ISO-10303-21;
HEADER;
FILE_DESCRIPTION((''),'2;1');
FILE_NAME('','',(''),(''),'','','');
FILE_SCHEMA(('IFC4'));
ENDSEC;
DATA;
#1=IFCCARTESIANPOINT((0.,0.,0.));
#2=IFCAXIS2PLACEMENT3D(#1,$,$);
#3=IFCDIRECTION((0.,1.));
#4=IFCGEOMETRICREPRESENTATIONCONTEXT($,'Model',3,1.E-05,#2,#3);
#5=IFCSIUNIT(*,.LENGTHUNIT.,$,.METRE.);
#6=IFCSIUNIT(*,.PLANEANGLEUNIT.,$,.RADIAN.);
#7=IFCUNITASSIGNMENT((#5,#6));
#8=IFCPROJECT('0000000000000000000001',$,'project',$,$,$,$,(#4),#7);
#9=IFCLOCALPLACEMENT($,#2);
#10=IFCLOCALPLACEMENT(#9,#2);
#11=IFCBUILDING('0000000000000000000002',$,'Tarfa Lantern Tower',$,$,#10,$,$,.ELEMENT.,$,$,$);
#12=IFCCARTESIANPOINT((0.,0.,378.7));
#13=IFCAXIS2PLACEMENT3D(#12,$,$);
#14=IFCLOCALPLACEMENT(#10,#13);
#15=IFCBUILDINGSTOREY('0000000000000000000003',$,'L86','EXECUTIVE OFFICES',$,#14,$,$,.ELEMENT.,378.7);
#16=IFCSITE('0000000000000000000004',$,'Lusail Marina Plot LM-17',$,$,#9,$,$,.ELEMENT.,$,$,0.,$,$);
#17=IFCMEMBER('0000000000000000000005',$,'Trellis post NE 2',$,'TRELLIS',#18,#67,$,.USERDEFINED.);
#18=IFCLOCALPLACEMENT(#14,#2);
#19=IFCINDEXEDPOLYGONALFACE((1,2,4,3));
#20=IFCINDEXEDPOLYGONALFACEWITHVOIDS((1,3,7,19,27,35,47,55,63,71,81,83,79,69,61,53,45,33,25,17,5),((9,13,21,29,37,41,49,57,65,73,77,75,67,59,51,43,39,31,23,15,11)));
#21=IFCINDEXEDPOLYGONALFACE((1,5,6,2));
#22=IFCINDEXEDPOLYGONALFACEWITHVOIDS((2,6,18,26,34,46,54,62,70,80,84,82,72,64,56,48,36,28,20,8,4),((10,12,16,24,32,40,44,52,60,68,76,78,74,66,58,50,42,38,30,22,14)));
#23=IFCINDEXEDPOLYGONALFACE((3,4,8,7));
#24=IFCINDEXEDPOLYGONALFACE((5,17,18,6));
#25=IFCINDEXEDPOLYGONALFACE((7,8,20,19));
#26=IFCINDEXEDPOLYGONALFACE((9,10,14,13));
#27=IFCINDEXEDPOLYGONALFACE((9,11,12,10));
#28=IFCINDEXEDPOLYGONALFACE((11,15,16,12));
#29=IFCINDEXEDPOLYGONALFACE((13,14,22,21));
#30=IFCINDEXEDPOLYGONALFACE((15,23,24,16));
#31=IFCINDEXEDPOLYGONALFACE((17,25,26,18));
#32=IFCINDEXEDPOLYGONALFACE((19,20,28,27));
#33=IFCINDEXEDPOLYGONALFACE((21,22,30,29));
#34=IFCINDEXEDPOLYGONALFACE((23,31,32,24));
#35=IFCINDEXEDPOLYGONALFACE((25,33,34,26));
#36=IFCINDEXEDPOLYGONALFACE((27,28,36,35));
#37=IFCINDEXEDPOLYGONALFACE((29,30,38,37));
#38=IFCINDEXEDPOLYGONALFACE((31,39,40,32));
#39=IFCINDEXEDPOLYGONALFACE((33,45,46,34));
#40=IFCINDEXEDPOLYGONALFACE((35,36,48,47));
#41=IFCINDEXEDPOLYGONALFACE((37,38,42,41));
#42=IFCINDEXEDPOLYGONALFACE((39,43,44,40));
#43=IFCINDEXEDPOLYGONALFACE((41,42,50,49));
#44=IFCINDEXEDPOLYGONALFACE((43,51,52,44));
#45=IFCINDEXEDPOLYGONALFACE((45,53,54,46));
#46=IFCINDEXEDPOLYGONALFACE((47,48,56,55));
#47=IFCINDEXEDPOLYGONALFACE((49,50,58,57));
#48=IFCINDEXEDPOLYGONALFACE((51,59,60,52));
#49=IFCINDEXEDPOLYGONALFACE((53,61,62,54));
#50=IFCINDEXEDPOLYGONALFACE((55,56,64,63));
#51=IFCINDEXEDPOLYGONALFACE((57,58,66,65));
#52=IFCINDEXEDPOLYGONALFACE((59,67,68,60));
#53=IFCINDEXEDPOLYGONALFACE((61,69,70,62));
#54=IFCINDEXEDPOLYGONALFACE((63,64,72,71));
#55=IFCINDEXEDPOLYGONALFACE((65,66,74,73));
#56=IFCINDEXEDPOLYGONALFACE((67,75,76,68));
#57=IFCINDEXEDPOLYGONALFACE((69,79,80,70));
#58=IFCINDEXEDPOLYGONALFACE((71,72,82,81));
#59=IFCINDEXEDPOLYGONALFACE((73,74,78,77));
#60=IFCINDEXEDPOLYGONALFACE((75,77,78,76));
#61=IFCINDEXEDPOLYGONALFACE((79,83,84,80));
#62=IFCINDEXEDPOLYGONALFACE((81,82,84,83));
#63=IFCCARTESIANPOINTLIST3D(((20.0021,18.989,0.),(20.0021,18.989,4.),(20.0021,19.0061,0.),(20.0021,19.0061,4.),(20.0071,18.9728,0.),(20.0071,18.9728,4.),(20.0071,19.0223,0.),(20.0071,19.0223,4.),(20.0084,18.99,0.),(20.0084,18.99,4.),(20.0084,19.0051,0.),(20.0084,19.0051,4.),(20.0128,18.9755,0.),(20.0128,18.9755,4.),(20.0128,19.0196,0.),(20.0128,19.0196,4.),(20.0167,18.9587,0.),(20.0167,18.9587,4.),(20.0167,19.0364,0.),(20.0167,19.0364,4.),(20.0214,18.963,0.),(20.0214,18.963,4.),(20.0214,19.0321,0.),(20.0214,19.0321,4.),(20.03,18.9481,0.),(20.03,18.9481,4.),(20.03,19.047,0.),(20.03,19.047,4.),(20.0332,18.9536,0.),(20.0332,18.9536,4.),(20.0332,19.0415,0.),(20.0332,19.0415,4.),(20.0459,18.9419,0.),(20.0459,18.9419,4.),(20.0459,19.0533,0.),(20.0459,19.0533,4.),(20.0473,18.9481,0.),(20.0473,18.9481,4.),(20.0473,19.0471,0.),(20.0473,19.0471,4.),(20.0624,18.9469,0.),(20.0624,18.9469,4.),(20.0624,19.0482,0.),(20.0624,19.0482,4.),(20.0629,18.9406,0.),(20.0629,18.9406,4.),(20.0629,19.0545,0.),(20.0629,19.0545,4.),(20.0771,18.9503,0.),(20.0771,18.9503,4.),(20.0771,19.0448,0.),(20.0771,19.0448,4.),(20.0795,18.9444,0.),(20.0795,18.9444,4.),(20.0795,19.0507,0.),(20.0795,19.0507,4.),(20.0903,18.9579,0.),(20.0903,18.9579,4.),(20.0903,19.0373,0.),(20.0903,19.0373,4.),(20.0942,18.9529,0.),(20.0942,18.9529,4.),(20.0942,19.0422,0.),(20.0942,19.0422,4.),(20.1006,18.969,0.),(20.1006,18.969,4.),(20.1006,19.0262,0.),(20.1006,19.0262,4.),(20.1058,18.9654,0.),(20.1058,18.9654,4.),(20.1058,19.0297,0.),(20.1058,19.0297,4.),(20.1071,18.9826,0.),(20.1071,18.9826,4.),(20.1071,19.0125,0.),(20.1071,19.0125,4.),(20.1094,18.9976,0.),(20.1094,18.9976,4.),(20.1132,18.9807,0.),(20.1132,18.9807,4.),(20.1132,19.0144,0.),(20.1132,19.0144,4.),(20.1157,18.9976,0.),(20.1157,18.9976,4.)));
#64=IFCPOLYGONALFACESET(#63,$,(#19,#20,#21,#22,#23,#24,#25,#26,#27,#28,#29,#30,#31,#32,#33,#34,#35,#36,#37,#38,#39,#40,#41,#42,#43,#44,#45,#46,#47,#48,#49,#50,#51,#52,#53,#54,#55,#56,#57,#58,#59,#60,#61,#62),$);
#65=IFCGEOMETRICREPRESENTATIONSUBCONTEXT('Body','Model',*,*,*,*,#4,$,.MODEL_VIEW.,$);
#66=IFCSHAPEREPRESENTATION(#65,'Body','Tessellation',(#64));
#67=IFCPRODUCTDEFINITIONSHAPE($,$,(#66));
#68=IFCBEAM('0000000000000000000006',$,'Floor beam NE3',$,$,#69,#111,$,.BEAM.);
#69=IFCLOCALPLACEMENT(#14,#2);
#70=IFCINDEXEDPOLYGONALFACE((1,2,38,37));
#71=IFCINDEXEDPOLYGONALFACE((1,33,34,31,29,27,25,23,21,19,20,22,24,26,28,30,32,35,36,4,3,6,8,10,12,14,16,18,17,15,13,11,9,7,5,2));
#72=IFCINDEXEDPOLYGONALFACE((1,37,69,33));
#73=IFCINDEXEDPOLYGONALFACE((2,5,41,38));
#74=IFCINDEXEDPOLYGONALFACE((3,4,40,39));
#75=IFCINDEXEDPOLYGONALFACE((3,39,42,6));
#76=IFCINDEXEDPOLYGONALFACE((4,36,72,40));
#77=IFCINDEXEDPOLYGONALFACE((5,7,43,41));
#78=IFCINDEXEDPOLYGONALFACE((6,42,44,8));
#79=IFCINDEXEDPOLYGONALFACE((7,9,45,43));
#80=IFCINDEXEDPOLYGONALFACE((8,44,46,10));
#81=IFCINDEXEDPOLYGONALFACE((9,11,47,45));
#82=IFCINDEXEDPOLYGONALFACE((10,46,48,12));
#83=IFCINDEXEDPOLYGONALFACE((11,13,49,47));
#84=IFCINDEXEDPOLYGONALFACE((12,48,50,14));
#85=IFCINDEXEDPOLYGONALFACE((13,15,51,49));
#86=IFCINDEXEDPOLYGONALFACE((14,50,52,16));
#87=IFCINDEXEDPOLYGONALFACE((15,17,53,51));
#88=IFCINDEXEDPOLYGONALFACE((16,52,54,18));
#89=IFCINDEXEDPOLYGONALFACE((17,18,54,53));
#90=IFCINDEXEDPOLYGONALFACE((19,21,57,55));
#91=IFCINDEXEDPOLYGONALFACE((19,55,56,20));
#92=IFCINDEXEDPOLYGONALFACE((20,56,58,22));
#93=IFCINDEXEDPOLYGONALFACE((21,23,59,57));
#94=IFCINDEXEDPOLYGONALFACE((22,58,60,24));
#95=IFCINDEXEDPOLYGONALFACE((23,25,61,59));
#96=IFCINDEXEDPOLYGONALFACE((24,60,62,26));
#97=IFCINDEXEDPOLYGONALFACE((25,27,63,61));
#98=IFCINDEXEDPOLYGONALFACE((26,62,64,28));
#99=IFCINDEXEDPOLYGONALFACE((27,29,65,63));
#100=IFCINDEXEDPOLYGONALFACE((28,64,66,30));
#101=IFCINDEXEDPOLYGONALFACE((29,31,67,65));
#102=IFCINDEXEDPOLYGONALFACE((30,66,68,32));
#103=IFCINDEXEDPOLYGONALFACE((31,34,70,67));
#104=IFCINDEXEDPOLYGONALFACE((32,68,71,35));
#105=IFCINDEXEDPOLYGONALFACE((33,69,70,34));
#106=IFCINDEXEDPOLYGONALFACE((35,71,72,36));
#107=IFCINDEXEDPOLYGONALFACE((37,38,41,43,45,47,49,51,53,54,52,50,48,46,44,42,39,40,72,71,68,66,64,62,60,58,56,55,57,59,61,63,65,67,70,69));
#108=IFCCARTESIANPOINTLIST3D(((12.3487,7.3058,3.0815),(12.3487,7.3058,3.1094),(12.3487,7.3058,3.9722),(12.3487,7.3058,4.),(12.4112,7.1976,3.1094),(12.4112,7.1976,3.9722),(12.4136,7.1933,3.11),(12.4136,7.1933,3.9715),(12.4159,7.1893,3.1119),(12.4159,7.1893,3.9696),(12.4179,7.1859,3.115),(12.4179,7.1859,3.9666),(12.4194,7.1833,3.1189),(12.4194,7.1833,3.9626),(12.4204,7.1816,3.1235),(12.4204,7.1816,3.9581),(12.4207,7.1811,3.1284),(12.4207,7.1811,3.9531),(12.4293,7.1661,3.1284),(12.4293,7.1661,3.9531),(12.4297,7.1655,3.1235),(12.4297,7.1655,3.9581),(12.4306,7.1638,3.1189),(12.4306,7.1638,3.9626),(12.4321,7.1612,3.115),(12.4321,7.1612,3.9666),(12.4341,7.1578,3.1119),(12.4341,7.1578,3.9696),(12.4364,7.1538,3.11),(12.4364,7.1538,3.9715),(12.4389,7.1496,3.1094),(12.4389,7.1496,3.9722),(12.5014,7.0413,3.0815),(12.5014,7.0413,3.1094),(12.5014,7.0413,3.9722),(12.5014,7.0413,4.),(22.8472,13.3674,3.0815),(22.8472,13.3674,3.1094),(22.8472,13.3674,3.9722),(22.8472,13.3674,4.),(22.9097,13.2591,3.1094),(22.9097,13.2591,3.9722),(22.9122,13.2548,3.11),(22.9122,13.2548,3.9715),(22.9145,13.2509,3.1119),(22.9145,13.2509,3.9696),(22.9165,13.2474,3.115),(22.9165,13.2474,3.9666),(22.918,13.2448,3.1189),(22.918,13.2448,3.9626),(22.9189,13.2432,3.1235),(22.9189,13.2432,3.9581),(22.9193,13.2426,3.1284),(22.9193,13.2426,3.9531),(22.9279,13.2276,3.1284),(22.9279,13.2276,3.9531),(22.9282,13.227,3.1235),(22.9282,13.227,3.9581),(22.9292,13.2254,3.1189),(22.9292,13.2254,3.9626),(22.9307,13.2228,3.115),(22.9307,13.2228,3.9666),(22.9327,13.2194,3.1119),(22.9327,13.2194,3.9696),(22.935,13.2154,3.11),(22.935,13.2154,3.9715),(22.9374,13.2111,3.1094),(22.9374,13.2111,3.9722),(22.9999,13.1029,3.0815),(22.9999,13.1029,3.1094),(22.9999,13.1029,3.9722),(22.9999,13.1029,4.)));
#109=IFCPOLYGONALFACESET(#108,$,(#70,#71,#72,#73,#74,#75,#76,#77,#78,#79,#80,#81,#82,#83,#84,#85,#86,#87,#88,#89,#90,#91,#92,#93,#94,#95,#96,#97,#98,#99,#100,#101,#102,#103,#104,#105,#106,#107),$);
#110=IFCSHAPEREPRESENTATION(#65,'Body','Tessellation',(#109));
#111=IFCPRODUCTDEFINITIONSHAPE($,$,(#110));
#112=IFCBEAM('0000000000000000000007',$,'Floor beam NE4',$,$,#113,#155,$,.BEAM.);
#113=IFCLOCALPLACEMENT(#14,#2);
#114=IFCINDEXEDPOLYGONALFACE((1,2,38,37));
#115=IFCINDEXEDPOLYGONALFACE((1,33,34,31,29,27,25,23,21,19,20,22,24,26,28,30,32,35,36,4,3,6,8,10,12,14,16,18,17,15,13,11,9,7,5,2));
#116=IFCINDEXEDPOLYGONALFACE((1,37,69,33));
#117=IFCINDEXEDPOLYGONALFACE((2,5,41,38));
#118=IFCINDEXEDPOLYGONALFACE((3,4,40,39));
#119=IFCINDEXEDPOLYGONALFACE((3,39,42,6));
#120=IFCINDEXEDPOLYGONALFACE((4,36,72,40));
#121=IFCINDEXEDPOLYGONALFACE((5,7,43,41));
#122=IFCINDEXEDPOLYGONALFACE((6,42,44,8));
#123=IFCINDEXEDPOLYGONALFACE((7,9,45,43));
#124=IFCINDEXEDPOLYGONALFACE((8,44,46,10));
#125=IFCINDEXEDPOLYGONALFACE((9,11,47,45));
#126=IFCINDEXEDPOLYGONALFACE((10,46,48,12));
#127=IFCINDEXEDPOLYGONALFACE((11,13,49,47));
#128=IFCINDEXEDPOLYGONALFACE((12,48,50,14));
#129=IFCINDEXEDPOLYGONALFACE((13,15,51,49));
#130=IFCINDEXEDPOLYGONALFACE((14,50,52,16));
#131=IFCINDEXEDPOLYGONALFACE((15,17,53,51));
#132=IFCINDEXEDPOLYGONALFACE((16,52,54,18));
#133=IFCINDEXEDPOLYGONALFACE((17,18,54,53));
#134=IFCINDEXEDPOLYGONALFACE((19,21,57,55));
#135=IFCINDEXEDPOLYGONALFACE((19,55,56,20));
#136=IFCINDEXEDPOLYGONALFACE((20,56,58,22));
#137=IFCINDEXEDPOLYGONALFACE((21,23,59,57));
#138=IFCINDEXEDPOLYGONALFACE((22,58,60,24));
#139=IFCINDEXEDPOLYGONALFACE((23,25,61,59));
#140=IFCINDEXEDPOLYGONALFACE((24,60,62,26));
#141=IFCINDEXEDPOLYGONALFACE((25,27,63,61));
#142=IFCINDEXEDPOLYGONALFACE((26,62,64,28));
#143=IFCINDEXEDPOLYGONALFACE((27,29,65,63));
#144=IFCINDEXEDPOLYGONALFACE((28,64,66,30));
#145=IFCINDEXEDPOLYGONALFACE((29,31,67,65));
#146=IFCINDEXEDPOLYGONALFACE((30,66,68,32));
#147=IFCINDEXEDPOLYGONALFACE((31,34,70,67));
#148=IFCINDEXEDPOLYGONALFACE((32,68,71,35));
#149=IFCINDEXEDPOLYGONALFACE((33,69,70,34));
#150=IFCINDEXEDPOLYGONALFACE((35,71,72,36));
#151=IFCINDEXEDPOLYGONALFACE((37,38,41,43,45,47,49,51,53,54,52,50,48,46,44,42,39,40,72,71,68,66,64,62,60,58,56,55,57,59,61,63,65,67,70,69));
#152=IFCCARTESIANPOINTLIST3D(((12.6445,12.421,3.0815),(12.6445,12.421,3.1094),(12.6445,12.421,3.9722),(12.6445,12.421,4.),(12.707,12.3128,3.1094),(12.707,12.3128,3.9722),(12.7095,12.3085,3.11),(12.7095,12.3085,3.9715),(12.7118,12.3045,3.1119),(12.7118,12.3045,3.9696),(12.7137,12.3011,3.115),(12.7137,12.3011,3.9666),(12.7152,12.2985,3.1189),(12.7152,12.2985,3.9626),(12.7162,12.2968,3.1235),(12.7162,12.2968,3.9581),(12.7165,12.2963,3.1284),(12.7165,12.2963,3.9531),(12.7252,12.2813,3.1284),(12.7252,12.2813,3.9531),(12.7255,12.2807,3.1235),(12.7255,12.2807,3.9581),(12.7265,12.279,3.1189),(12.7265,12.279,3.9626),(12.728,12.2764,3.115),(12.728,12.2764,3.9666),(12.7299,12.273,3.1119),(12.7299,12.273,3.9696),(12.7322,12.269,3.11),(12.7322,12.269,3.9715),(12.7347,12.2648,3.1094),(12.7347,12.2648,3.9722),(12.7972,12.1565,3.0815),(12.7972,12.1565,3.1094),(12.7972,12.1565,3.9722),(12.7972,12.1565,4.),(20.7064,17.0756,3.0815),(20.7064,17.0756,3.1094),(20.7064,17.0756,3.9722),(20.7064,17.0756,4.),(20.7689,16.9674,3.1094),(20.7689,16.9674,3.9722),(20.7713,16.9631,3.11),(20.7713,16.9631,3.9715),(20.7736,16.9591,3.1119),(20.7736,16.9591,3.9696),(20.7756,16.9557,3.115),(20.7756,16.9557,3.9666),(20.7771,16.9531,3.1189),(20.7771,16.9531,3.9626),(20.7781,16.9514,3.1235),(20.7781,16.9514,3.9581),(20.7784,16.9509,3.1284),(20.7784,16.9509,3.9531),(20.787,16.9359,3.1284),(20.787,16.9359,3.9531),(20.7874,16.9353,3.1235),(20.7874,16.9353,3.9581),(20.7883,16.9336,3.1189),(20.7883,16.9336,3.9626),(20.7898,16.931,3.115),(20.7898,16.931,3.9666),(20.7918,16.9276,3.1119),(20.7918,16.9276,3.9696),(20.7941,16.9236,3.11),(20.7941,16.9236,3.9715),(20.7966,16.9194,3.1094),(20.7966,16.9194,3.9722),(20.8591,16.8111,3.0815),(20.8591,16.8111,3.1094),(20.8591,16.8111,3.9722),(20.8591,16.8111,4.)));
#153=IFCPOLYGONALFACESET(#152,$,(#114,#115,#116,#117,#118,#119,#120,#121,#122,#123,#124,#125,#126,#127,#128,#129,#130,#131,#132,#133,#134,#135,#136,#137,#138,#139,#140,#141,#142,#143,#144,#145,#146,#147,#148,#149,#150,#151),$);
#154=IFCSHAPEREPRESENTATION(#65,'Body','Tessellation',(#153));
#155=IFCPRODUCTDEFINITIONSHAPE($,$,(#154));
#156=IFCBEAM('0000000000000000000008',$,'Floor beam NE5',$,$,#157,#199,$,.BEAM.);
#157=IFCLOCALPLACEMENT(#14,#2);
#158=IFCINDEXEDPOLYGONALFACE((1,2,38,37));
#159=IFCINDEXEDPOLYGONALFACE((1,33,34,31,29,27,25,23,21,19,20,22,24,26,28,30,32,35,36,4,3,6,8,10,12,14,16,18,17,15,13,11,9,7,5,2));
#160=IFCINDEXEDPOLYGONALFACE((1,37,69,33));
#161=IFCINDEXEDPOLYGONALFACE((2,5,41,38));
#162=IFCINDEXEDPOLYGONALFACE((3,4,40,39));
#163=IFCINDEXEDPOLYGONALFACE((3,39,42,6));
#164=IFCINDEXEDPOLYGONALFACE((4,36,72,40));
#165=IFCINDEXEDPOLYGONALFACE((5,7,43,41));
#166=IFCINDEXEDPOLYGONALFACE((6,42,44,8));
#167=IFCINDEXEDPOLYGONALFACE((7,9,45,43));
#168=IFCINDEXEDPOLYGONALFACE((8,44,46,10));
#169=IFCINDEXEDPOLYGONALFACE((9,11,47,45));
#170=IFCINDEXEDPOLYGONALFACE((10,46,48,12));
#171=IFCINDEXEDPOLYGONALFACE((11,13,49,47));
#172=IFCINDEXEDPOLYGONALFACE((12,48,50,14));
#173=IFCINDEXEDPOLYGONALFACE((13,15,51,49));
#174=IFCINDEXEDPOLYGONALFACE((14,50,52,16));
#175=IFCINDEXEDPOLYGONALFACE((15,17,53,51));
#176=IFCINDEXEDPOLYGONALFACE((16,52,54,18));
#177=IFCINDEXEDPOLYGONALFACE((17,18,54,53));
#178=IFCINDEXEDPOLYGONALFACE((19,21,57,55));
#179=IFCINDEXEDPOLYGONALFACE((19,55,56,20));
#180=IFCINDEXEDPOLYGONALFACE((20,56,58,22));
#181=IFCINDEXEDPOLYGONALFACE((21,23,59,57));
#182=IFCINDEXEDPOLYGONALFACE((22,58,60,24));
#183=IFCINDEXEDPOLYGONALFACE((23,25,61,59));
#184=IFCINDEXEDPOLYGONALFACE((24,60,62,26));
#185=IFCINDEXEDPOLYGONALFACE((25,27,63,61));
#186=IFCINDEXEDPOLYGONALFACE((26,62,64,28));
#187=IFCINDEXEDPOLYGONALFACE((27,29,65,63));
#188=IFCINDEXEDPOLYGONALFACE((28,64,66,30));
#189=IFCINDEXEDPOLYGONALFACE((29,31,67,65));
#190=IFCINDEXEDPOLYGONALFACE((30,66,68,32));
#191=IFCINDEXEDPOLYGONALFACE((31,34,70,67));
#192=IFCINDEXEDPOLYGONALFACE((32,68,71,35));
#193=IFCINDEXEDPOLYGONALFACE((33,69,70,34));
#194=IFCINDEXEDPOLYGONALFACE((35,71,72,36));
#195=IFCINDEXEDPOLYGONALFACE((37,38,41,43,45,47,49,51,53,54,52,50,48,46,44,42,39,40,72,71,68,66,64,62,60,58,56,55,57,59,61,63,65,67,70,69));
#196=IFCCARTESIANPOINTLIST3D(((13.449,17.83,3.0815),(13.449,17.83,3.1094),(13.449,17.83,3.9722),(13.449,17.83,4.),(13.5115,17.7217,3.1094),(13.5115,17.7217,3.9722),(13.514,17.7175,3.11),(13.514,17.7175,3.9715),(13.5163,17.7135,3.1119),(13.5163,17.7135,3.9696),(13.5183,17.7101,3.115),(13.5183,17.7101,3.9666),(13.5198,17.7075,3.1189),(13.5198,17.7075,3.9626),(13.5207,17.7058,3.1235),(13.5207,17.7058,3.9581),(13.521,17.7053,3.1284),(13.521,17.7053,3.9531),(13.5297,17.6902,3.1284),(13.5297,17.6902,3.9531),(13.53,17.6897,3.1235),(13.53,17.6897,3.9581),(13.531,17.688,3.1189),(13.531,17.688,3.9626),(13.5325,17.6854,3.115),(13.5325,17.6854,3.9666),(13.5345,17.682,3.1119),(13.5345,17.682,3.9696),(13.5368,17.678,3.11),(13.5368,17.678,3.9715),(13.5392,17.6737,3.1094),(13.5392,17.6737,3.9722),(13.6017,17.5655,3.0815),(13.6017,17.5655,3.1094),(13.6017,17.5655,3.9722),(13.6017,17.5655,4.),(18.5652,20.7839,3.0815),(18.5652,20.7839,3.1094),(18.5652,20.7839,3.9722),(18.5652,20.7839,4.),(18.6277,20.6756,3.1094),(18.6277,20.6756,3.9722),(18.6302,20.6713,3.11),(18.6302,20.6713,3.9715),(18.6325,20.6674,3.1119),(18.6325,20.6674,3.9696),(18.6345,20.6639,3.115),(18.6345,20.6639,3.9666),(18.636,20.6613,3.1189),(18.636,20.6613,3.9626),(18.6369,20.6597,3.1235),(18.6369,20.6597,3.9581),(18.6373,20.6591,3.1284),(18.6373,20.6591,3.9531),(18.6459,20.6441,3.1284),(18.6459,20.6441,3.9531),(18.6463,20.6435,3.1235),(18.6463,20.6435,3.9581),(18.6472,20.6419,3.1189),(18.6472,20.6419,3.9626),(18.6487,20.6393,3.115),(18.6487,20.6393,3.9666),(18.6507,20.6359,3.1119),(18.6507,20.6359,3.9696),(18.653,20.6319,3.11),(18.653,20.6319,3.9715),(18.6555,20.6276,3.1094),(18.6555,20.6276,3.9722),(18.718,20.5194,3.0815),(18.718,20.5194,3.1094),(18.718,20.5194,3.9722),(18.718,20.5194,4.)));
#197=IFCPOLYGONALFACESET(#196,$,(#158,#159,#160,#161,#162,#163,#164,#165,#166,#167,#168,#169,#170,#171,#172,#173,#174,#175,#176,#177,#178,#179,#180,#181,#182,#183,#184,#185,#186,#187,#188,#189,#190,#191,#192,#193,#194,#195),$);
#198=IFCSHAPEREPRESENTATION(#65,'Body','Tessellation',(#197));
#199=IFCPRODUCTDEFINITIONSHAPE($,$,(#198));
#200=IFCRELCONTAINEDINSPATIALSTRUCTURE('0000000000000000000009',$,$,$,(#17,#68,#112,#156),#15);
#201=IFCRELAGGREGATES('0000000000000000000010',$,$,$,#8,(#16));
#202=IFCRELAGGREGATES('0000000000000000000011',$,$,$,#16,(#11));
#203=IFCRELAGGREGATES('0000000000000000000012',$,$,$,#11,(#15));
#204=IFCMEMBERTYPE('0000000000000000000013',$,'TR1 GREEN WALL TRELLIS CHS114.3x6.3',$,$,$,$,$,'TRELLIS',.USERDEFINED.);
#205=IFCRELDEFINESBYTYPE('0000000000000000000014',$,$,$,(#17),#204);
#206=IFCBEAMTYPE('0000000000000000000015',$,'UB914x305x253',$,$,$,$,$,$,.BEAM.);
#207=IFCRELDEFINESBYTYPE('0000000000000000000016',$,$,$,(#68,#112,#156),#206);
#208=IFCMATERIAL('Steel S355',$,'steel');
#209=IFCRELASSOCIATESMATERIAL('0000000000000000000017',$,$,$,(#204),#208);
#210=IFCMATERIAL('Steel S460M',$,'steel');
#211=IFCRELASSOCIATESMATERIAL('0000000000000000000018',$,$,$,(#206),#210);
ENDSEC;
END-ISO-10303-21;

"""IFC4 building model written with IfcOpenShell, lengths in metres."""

from ifc_helpers import new_model, si_unit, direction, frame, origin, origin_2d, place, context, subcontext, project, spatial, hollow_circle, i_section, extrude, material, material_profile, profile_set, type_object, element, save


model = new_model("IFC4")

# Units and contexts
model_context = context("Model", 3, precision=1e-05, world=origin(), true_north=direction((0.0, 1.0)))
body_context = subcontext(model_context, "Body", "Model", "MODEL_VIEW")
ifc_project = project(units=[si_unit("LENGTHUNIT", "METRE"), si_unit("PLANEANGLEUNIT", "RADIAN")], contexts=[model_context])

# Site, building, storey
site_placement = place(None, origin())
site = spatial("IfcSite", under=ifc_project, at=site_placement, Name="Lusail Marina Plot LM-17", CompositionType="ELEMENT", RefElevation=0.0)
building_placement = place(site_placement, origin())
building = spatial("IfcBuilding", under=site, at=building_placement, Name="Tarfa Lantern Tower", CompositionType="ELEMENT")
storey_placement = place(building_placement, frame((0.0, 0.0, 378.7)))
storey = spatial("IfcBuildingStorey", under=building, at=storey_placement, Name="L86", Description="EXECUTIVE OFFICES", CompositionType="ELEMENT", Elevation=378.7)

# Member
ifc_material_1 = material(Name="Steel S355", Category="steel")
ifc_material_profile_1 = material_profile(ifc_material_1, hollow_circle(Radius=0.0571, WallThickness=0.0063, at=origin_2d()), Name="CHS114.3x6.3")
ifc_profile_set_1 = profile_set([ifc_material_profile_1], Name="Steel S355")
member_type_1 = type_object("IfcMemberType", Name="TR1 GREEN WALL TRELLIS CHS114.3x6.3", ElementType="TRELLIS", PredefinedType="USERDEFINED", material=ifc_profile_set_1)
member_1_placement = place(storey_placement, frame((20.0586, 18.9976, 0.0), z_axis=(0.0, 0.0, 1.0), x_axis=(1.0, 0.0, 0.0)))
element("IfcMember", 1, at=member_1_placement, inside=storey, type_object=member_type_1, Name="Trellis post NE 2", ObjectType="TRELLIS", PredefinedType="USERDEFINED", context=body_context, shape_type="SweptSolid", body=[
    extrude(hollow_circle(Radius=0.0571, WallThickness=0.0063, at=origin_2d()), origin(), (0.0, 0.0, 1.0), 4.0),
])

# Beams
ifc_material_2 = material(Name="Steel S460M", Category="steel")
ifc_material_profile_2 = material_profile(ifc_material_2, i_section(OverallWidth=0.3054, OverallDepth=0.9185, WebThickness=0.0173, FlangeThickness=0.0278, FilletRadius=0.019, at=origin_2d()), Name="UB914x305x253")
ifc_profile_set_2 = profile_set([ifc_material_profile_2], Name="Steel S460M")
beam_type_1 = type_object("IfcBeamType", Name="UB914x305x253", PredefinedType="BEAM", material=ifc_profile_set_2)
beam_1_placement = place(storey_placement, frame((22.9236, 13.2351, 3.5408), z_axis=(-0.866019, -0.500012, 0.0), x_axis=(0.500012, -0.866019, 0.0)))
element("IfcBeam", 2, at=beam_1_placement, inside=storey, type_object=beam_type_1, Name="Floor beam NE3", PredefinedType="BEAM", context=body_context, shape_type="SweptSolid", body=[
    extrude(i_section(OverallWidth=0.3054, OverallDepth=0.9185, WebThickness=0.0173, FlangeThickness=0.0278, FilletRadius=0.019, at=origin_2d()), origin(), (0.0, 0.0, 1.0), 12.1228),
])
beam_2_placement = place(storey_placement, frame((20.7827, 16.9434, 3.5408), z_axis=(-0.866022, -0.500006, 0.0), x_axis=(0.500006, -0.866022, 0.0)))
element("IfcBeam", 3, at=beam_2_placement, inside=storey, type_object=beam_type_1, Name="Floor beam NE4", PredefinedType="BEAM", context=body_context, shape_type="SweptSolid", body=[
    extrude(i_section(OverallWidth=0.3054, OverallDepth=0.9185, WebThickness=0.0173, FlangeThickness=0.0278, FilletRadius=0.019, at=origin_2d()), origin(), (0.0, 0.0, 1.0), 9.3091),
])
beam_3_placement = place(storey_placement, frame((18.6416, 20.6516, 3.5408), z_axis=(-0.866025, -0.500001, 0.0), x_axis=(0.500001, -0.866025, 0.0)))
element("IfcBeam", 4, at=beam_3_placement, inside=storey, type_object=beam_type_1, Name="Floor beam NE5", PredefinedType="BEAM", context=body_context, shape_type="SweptSolid", body=[
    extrude(i_section(OverallWidth=0.3054, OverallDepth=0.9185, WebThickness=0.0173, FlangeThickness=0.0278, FilletRadius=0.019, at=origin_2d()), origin(), (0.0, 0.0, 1.0), 5.9077),
])

save(model, "model.ifc")
